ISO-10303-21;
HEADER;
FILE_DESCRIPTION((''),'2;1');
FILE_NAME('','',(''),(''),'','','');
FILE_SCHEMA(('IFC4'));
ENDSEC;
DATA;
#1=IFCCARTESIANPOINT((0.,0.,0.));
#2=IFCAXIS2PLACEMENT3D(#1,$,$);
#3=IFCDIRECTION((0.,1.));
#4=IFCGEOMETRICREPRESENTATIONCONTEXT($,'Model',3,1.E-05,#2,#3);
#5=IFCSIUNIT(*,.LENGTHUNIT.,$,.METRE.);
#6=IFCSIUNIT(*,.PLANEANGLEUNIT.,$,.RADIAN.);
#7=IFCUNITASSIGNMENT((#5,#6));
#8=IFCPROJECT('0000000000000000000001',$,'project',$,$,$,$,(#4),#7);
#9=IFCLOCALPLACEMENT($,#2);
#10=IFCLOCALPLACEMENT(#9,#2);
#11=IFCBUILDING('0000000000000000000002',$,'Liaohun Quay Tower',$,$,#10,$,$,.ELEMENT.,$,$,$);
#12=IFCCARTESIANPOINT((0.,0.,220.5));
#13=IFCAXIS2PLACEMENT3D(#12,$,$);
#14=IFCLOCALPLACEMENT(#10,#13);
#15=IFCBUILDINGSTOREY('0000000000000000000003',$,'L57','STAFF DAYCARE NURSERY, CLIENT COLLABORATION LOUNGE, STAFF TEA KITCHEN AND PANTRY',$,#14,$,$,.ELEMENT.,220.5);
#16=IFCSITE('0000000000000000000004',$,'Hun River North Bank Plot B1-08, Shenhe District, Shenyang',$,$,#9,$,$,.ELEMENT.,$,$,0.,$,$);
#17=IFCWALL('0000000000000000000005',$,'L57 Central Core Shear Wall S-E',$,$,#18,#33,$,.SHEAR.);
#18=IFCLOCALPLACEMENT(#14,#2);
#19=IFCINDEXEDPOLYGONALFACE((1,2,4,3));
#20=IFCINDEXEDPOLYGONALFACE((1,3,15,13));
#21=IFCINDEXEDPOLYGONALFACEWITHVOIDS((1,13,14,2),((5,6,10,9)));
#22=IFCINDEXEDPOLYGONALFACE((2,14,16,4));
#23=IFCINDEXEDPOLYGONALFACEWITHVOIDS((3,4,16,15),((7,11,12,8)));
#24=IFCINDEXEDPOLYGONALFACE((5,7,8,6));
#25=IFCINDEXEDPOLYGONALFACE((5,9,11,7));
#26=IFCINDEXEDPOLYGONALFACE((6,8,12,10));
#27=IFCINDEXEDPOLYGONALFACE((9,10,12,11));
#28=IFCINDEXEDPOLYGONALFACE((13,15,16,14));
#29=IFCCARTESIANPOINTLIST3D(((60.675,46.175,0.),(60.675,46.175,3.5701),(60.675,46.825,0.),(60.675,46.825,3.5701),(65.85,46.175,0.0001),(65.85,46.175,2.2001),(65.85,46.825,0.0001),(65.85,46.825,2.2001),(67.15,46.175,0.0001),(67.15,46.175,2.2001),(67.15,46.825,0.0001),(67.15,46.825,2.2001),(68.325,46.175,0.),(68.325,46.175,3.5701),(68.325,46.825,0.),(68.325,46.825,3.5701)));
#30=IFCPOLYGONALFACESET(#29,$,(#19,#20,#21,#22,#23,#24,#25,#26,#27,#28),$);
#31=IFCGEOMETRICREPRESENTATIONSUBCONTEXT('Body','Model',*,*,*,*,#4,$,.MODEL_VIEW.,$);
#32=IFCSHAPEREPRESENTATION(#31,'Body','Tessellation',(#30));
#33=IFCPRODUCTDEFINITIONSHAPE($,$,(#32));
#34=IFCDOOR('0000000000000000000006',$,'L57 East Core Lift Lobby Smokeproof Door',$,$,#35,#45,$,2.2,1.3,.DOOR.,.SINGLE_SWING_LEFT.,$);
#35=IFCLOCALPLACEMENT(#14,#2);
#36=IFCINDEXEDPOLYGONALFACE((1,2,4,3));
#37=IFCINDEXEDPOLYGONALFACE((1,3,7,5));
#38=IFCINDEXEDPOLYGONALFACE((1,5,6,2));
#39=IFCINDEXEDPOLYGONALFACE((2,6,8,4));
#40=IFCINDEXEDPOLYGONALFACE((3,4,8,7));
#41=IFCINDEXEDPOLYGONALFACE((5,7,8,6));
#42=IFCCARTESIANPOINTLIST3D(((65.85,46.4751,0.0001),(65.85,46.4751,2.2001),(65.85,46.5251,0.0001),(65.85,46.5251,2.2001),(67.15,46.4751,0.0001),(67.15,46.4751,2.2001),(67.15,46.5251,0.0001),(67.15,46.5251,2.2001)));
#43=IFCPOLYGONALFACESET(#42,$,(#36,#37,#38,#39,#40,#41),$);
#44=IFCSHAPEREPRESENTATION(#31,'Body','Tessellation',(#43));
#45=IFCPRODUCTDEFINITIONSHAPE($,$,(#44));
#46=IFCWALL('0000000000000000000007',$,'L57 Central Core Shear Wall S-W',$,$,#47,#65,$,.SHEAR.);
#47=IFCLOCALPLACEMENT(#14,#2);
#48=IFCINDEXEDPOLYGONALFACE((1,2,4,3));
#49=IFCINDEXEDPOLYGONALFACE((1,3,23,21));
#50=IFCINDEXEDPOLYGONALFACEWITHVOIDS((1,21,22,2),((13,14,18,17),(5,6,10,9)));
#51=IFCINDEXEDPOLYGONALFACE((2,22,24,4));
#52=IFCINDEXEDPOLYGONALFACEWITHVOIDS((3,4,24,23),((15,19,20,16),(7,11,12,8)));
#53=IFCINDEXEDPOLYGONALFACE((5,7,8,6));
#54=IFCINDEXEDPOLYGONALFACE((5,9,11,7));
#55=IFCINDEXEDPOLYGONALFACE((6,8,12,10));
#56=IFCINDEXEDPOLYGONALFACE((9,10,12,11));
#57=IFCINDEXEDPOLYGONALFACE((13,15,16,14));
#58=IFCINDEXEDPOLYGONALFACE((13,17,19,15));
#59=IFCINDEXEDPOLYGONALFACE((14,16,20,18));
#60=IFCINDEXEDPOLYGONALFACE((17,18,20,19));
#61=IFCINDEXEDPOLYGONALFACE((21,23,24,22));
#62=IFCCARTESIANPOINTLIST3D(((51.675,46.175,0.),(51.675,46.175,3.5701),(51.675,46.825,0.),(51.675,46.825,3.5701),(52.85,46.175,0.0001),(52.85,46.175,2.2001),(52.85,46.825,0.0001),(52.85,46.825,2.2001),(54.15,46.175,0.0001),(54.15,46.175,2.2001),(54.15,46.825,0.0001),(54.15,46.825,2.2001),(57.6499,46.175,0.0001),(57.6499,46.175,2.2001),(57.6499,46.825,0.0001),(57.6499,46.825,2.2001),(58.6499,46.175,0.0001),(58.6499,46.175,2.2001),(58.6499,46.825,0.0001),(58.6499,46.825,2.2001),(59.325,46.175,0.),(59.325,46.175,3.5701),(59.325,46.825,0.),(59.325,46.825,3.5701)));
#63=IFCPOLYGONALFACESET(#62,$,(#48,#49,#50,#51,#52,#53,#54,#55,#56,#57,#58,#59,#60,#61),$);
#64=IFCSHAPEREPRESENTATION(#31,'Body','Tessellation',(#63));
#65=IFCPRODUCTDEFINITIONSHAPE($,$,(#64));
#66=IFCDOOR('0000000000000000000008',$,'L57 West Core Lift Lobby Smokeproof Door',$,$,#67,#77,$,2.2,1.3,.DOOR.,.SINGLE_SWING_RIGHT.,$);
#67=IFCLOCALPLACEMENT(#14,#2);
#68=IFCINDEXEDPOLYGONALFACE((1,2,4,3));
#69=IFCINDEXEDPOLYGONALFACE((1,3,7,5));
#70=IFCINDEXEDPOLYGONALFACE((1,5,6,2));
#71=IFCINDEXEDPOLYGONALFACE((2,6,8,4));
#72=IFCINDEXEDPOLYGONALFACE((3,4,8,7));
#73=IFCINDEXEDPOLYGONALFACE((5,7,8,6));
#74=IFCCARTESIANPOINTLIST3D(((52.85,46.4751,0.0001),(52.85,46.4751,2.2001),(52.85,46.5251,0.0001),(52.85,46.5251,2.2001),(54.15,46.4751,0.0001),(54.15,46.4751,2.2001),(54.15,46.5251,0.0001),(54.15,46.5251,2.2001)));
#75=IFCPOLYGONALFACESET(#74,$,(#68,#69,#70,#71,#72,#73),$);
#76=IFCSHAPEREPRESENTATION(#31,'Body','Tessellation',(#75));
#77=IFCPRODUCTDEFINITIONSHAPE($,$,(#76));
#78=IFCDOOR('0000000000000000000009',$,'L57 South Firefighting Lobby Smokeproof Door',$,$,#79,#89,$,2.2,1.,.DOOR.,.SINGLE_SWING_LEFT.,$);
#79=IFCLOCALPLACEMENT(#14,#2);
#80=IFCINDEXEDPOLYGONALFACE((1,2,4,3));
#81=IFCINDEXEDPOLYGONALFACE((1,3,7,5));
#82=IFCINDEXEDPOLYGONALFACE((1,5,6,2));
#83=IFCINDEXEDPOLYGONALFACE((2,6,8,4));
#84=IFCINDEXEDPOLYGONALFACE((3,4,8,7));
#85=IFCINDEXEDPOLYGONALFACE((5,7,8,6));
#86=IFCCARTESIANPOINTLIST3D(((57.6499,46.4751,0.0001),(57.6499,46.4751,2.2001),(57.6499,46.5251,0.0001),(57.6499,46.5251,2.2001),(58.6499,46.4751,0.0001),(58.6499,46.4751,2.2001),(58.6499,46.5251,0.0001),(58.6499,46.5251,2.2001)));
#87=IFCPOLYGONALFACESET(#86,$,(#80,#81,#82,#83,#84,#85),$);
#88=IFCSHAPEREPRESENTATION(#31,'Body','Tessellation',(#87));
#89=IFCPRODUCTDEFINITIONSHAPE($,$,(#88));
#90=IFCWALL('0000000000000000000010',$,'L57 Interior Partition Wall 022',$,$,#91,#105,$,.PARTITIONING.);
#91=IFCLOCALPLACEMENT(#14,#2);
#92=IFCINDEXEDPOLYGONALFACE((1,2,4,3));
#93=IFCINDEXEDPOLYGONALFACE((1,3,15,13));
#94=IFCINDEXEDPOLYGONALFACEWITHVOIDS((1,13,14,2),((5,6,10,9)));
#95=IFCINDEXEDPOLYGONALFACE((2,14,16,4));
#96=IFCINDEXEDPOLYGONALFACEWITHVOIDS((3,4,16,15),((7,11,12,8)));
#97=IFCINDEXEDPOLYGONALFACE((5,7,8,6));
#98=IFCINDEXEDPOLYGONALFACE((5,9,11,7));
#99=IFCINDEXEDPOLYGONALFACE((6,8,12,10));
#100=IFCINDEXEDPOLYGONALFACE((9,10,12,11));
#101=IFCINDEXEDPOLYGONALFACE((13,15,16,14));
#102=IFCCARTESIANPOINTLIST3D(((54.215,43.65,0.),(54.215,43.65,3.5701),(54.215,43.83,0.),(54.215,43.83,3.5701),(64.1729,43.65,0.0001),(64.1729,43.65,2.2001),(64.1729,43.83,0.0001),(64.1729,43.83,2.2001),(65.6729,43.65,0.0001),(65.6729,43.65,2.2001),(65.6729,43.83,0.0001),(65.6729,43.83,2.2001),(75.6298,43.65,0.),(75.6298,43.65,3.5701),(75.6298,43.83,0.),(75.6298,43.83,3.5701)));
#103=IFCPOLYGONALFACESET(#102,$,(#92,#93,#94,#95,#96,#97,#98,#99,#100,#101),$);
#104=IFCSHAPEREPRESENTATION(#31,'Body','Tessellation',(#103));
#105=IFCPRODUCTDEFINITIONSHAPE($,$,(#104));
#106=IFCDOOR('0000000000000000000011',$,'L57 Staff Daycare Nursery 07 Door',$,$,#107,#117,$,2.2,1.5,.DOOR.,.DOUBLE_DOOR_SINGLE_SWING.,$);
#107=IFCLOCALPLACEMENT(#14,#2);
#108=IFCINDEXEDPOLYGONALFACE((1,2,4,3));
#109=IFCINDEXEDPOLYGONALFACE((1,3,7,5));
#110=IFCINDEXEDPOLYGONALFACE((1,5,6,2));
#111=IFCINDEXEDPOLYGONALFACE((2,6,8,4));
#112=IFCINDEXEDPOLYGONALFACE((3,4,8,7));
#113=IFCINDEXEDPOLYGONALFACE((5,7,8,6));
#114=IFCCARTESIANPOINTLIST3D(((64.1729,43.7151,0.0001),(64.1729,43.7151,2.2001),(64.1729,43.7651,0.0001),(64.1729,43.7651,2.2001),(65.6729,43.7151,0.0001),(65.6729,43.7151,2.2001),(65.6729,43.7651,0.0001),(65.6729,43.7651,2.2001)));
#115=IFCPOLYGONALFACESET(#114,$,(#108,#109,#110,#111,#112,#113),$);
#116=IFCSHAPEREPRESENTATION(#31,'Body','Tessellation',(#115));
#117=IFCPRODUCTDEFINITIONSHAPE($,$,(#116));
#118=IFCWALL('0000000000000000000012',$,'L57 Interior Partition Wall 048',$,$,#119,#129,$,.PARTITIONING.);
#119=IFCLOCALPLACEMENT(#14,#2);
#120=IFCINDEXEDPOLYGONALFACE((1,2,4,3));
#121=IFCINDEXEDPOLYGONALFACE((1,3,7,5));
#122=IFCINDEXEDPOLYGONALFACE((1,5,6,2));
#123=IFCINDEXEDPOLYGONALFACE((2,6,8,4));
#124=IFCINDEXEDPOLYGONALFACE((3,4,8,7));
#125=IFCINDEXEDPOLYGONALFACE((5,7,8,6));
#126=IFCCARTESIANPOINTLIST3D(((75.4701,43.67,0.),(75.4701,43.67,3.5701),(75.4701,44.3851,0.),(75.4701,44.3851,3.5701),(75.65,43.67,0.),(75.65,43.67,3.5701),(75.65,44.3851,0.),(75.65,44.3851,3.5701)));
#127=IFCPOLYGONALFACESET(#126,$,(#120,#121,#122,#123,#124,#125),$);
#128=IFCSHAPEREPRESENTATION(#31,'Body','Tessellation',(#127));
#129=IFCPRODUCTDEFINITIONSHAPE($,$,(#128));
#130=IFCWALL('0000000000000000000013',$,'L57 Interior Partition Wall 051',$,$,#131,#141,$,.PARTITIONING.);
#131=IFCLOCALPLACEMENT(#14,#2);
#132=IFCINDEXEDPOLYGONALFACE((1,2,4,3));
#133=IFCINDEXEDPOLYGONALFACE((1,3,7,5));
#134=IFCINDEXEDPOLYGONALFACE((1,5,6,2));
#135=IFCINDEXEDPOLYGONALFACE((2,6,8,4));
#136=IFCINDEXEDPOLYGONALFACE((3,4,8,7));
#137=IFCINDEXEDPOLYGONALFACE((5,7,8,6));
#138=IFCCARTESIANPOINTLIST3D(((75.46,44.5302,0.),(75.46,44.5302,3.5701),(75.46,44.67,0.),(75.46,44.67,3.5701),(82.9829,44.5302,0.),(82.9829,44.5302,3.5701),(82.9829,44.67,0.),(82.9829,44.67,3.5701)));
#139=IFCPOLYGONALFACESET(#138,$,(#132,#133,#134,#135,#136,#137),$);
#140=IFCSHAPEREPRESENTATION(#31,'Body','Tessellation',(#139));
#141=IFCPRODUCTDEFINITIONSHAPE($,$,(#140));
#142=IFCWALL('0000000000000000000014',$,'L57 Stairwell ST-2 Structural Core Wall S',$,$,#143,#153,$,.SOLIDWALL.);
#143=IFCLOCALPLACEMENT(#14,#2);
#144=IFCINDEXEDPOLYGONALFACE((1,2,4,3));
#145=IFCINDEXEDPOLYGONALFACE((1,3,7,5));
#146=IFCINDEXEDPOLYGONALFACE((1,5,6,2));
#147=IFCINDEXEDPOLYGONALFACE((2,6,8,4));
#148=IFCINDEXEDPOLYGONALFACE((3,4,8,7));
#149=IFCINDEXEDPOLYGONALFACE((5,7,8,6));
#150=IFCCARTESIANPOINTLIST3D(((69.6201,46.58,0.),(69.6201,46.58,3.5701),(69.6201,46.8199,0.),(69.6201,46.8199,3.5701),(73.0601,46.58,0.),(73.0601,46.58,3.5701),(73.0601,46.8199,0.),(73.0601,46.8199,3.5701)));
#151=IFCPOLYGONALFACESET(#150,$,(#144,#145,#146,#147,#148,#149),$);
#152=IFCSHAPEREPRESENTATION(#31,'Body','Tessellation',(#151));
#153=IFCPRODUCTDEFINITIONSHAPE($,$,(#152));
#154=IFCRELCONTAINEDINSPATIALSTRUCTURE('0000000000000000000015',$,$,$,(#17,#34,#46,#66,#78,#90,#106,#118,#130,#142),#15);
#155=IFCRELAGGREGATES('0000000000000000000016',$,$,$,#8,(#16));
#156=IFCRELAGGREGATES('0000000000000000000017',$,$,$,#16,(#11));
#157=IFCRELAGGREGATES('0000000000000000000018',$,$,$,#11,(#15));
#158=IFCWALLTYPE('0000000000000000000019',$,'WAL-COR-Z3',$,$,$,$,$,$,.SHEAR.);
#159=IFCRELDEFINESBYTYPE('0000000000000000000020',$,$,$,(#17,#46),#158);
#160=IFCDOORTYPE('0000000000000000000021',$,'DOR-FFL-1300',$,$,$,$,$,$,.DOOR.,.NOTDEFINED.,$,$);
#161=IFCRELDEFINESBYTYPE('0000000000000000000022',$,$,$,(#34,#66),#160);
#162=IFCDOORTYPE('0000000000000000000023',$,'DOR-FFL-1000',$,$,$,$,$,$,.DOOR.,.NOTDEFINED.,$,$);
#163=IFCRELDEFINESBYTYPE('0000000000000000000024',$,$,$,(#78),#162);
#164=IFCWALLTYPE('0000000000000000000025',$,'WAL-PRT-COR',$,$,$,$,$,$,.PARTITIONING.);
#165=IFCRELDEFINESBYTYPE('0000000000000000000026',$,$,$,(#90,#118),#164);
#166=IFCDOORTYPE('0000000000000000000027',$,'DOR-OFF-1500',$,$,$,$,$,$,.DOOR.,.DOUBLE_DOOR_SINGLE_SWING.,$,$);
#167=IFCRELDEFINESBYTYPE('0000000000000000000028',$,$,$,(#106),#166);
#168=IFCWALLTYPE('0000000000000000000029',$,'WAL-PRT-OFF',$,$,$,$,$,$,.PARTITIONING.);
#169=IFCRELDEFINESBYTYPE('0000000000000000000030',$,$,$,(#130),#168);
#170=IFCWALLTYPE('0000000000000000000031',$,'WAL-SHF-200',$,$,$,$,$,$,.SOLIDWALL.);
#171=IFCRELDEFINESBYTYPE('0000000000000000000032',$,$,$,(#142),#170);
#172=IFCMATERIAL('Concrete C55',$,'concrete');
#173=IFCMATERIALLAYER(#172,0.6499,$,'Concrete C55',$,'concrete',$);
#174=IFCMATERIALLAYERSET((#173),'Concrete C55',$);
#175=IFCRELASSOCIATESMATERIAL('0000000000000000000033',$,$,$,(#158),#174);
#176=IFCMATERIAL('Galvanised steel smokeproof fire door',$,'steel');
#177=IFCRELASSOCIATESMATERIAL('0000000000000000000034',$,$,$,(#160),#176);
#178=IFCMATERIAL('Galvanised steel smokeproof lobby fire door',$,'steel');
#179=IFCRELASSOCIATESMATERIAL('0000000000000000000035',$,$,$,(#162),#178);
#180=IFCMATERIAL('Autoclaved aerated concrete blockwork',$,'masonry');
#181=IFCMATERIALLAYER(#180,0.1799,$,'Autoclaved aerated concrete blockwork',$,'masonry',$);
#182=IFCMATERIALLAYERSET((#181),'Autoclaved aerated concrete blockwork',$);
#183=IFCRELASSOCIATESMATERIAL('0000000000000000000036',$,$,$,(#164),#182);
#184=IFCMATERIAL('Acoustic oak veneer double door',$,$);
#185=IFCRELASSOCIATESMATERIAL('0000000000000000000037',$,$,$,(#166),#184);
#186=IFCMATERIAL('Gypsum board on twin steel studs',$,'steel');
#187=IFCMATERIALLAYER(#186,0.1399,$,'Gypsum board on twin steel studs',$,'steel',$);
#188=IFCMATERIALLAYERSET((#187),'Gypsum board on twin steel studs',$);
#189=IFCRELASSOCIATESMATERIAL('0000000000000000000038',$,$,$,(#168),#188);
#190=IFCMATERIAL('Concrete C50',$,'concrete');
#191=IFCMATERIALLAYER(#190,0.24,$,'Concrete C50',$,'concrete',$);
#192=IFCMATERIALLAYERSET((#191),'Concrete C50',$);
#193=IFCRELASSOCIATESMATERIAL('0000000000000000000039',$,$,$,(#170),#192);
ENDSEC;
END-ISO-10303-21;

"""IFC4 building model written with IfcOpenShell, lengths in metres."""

from ifc_helpers import new_model, si_unit, direction, frame, frame_2d, origin, place, context, subcontext, project, spatial, rectangle, extrude, source, transform, mapped, material, layer, layer_set, type_object, element, fill, save


model = new_model("IFC4")

# Units and contexts
model_context = context("Model", 3, precision=1e-05, world=origin(), true_north=direction((0.0, 1.0)))
body_context = subcontext(model_context, "Body", "Model", "MODEL_VIEW")
ifc_project = project(units=[si_unit("LENGTHUNIT", "METRE"), si_unit("PLANEANGLEUNIT", "RADIAN")], contexts=[model_context])

# Site, building, storey
site_placement = place(None, origin())
site = spatial("IfcSite", under=ifc_project, at=site_placement, Name="Hun River North Bank Plot B1-08, Shenhe District, Shenyang", CompositionType="ELEMENT", RefElevation=0.0)
building_placement = place(site_placement, origin())
building = spatial("IfcBuilding", under=site, at=building_placement, Name="Liaohun Quay Tower", CompositionType="ELEMENT")
storey_placement = place(building_placement, frame((0.0, 0.0, 220.5)))
storey = spatial("IfcBuildingStorey", under=building, at=storey_placement, Name="L57", Description="STAFF DAYCARE NURSERY, CLIENT COLLABORATION LOUNGE, STAFF TEA KITCHEN AND PANTRY", CompositionType="ELEMENT", Elevation=220.5)

# Shared definitions
ifc_material_1 = material(Name="Concrete C55", Category="concrete")

# Wall, opening, door
ifc_layer_1 = layer(ifc_material_1, 0.6499, Name="Concrete C55", Category="concrete")
ifc_layer_set_1 = layer_set([ifc_layer_1], Name="Concrete C55")
wall_type_1 = type_object("IfcWallType", Name="WAL-COR-Z3", PredefinedType="SHEAR", material=ifc_layer_set_1)
wall_1_placement = place(storey_placement, frame((68.325, 46.5, 0.0), z_axis=(0.0, 0.0, 1.0), x_axis=(-1.0, 0.0, 0.0)))
wall_1 = element("IfcWall", 1, at=wall_1_placement, inside=storey, type_object=wall_type_1, Name="L57 Central Core Shear Wall S-E", PredefinedType="SHEAR", context=body_context, shape_type="SweptSolid", body=[
    extrude(rectangle(XDim=7.6499, YDim=0.6499, at=frame_2d((3.825, 0.0))), origin(), (0.0, 0.0, 1.0), 3.5701),
])
shared_shape_1 = source(origin(), body_context, "Body", "SweptSolid", [
    extrude(rectangle(XDim=1.3, YDim=2.2, at=frame_2d((0.6499, 1.1001))), frame((0.0, 0.335, 0.0), z_axis=(0.0, -1.0, 0.0), x_axis=(1.0, 0.0, 0.0)), (0.0, 0.0, 1.0), 0.6699),
])
opening_1_placement = place(wall_1_placement, frame((1.175, 0.0, 0.0)))
opening_1 = element("IfcOpeningElement", 2, at=opening_1_placement, cuts=wall_1, PredefinedType="OPENING", context=body_context, shape_type="MappedRepresentation", body=[
    mapped(shared_shape_1, transform((0.0, 0.0, 0.0), x_axis=(1.0, 0.0, 0.0), y_axis=(0.0, 1.0, 0.0), z_axis=(0.0, 0.0, 1.0), scale=1.0)),
])
ifc_material_2 = material(Name="Galvanised steel smokeproof fire door", Category="steel")
door_type_1 = type_object("IfcDoorType", Name="DOR-FFL-1300", OperationType="NOTDEFINED", PredefinedType="DOOR", material=ifc_material_2)
shared_shape_2 = source(origin(), body_context, "Body", "SweptSolid", [
    extrude(rectangle(XDim=1.3, YDim=2.2, at=frame_2d((0.6499, 1.1001))), frame((0.0, 0.0249, 0.0), z_axis=(0.0, -1.0, 0.0), x_axis=(1.0, 0.0, 0.0)), (0.0, 0.0, 1.0), 0.05),
])
door_1_placement = place(opening_1_placement, origin())
door_1 = element("IfcDoor", 3, at=door_1_placement, inside=storey, type_object=door_type_1, Name="L57 East Core Lift Lobby Smokeproof Door", OperationType="SINGLE_SWING_LEFT", OverallHeight=2.2, OverallWidth=1.3, PredefinedType="DOOR", context=body_context, shape_type="MappedRepresentation", body=[
    mapped(shared_shape_2, transform((0.0, 0.0, 0.0), x_axis=(1.0, 0.0, 0.0), y_axis=(0.0, 1.0, 0.0), z_axis=(0.0, 0.0, 1.0), scale=1.0)),
])
fill(opening_1, door_1)

# Wall, openings, doors
wall_2_placement = place(storey_placement, frame((59.325, 46.5, 0.0), z_axis=(0.0, 0.0, 1.0), x_axis=(-1.0, 0.0, 0.0)))
wall_2 = element("IfcWall", 4, at=wall_2_placement, inside=storey, type_object=wall_type_1, Name="L57 Central Core Shear Wall S-W", PredefinedType="SHEAR", context=body_context, shape_type="SweptSolid", body=[
    extrude(rectangle(XDim=7.6499, YDim=0.6499, at=frame_2d((3.825, 0.0))), origin(), (0.0, 0.0, 1.0), 3.5701),
])
opening_2_placement = place(wall_2_placement, frame((5.175, 0.0, 0.0)))
opening_2 = element("IfcOpeningElement", 5, at=opening_2_placement, cuts=wall_2, PredefinedType="OPENING", context=body_context, shape_type="MappedRepresentation", body=[
    mapped(shared_shape_1, transform((0.0, 0.0, 0.0), x_axis=(1.0, 0.0, 0.0), y_axis=(0.0, 1.0, 0.0), z_axis=(0.0, 0.0, 1.0), scale=1.0)),
])
shared_shape_3 = source(origin(), body_context, "Body", "SweptSolid", [
    extrude(rectangle(XDim=1.0, YDim=2.2, at=frame_2d((0.5, 1.1001))), frame((0.0, 0.335, 0.0), z_axis=(0.0, -1.0, 0.0), x_axis=(1.0, 0.0, 0.0)), (0.0, 0.0, 1.0), 0.6699),
])
opening_3_placement = place(wall_2_placement, frame((0.675, 0.0, 0.0)))
opening_3 = element("IfcOpeningElement", 6, at=opening_3_placement, cuts=wall_2, PredefinedType="OPENING", context=body_context, shape_type="MappedRepresentation", body=[
    mapped(shared_shape_3, transform((0.0, 0.0, 0.0), x_axis=(1.0, 0.0, 0.0), y_axis=(0.0, 1.0, 0.0), z_axis=(0.0, 0.0, 1.0), scale=1.0)),
])
door_2_placement = place(opening_2_placement, origin())
door_2 = element("IfcDoor", 7, at=door_2_placement, inside=storey, type_object=door_type_1, Name="L57 West Core Lift Lobby Smokeproof Door", OperationType="SINGLE_SWING_RIGHT", OverallHeight=2.2, OverallWidth=1.3, PredefinedType="DOOR", context=body_context, shape_type="MappedRepresentation", body=[
    mapped(shared_shape_2, transform((0.0, 0.0, 0.0), x_axis=(1.0, 0.0, 0.0), y_axis=(0.0, 1.0, 0.0), z_axis=(0.0, 0.0, 1.0), scale=1.0)),
])
fill(opening_2, door_2)
ifc_material_3 = material(Name="Galvanised steel smokeproof lobby fire door", Category="steel")
door_type_2 = type_object("IfcDoorType", Name="DOR-FFL-1000", OperationType="NOTDEFINED", PredefinedType="DOOR", material=ifc_material_3)
shared_shape_4 = source(origin(), body_context, "Body", "SweptSolid", [
    extrude(rectangle(XDim=1.0, YDim=2.2, at=frame_2d((0.5, 1.1001))), frame((0.0, 0.0249, 0.0), z_axis=(0.0, -1.0, 0.0), x_axis=(1.0, 0.0, 0.0)), (0.0, 0.0, 1.0), 0.05),
])
door_3_placement = place(opening_3_placement, origin())
door_3 = element("IfcDoor", 8, at=door_3_placement, inside=storey, type_object=door_type_2, Name="L57 South Firefighting Lobby Smokeproof Door", OperationType="SINGLE_SWING_LEFT", OverallHeight=2.2, OverallWidth=1.0, PredefinedType="DOOR", context=body_context, shape_type="MappedRepresentation", body=[
    mapped(shared_shape_4, transform((0.0, 0.0, 0.0), x_axis=(1.0, 0.0, 0.0), y_axis=(0.0, 1.0, 0.0), z_axis=(0.0, 0.0, 1.0), scale=1.0)),
])
fill(opening_3, door_3)

# Wall, opening, door
ifc_material_4 = material(Name="Autoclaved aerated concrete blockwork", Category="masonry")
ifc_layer_2 = layer(ifc_material_4, 0.1799, Name="Autoclaved aerated concrete blockwork", Category="masonry")
ifc_layer_set_2 = layer_set([ifc_layer_2], Name="Autoclaved aerated concrete blockwork")
wall_type_2 = type_object("IfcWallType", Name="WAL-PRT-COR", PredefinedType="PARTITIONING", material=ifc_layer_set_2)
wall_3_placement = place(storey_placement, frame((75.6299, 43.74, 0.0), z_axis=(0.0, 0.0, 1.0), x_axis=(-1.0, 0.0, 0.0)))
wall_3 = element("IfcWall", 9, at=wall_3_placement, inside=storey, type_object=wall_type_2, Name="L57 Interior Partition Wall 022", PredefinedType="PARTITIONING", context=body_context, shape_type="SweptSolid", body=[
    extrude(rectangle(XDim=21.4148, YDim=0.1799, at=frame_2d((10.7075, 0.0))), origin(), (0.0, 0.0, 1.0), 3.5701),
])
shared_shape_5 = source(origin(), body_context, "Body", "SweptSolid", [
    extrude(rectangle(XDim=1.5, YDim=2.2, at=frame_2d((0.75, 1.1001))), frame((0.0, 0.0999, 0.0), z_axis=(0.0, -1.0, 0.0), x_axis=(1.0, 0.0, 0.0)), (0.0, 0.0, 1.0), 0.2),
])
opening_4_placement = place(wall_3_placement, frame((9.957, 0.0, 0.0)))
opening_4 = element("IfcOpeningElement", 10, at=opening_4_placement, cuts=wall_3, PredefinedType="OPENING", context=body_context, shape_type="MappedRepresentation", body=[
    mapped(shared_shape_5, transform((0.0, 0.0, 0.0), x_axis=(1.0, 0.0, 0.0), y_axis=(0.0, 1.0, 0.0), z_axis=(0.0, 0.0, 1.0), scale=1.0)),
])
ifc_material_5 = material(Name="Acoustic oak veneer double door")
door_type_3 = type_object("IfcDoorType", Name="DOR-OFF-1500", OperationType="DOUBLE_DOOR_SINGLE_SWING", PredefinedType="DOOR", material=ifc_material_5)
shared_shape_6 = source(origin(), body_context, "Body", "SweptSolid", [
    extrude(rectangle(XDim=1.5, YDim=2.2, at=frame_2d((0.75, 1.1001))), frame((0.0, 0.0249, 0.0), z_axis=(0.0, -1.0, 0.0), x_axis=(1.0, 0.0, 0.0)), (0.0, 0.0, 1.0), 0.05),
])
door_4_placement = place(opening_4_placement, origin())
door_4 = element("IfcDoor", 11, at=door_4_placement, inside=storey, type_object=door_type_3, Name="L57 Staff Daycare Nursery 07 Door", OperationType="DOUBLE_DOOR_SINGLE_SWING", OverallHeight=2.2, OverallWidth=1.5, PredefinedType="DOOR", context=body_context, shape_type="MappedRepresentation", body=[
    mapped(shared_shape_6, transform((0.0, 0.0, 0.0), x_axis=(1.0, 0.0, 0.0), y_axis=(0.0, 1.0, 0.0), z_axis=(0.0, 0.0, 1.0), scale=1.0)),
])
fill(opening_4, door_4)

# Walls
wall_4_placement = place(storey_placement, frame((75.5601, 44.385, 0.0), z_axis=(0.0, 0.0, 1.0), x_axis=(0.0, -1.0, 0.0)))
element("IfcWall", 12, at=wall_4_placement, inside=storey, type_object=wall_type_2, Name="L57 Interior Partition Wall 048", PredefinedType="PARTITIONING", context=body_context, shape_type="SweptSolid", body=[
    extrude(rectangle(XDim=0.7151, YDim=0.1799, at=frame_2d((0.3574, 0.0))), origin(), (0.0, 0.0, 1.0), 3.5701),
])
ifc_material_6 = material(Name="Gypsum board on twin steel studs", Category="steel")
ifc_layer_3 = layer(ifc_material_6, 0.1399, Name="Gypsum board on twin steel studs", Category="steel")
ifc_layer_set_3 = layer_set([ifc_layer_3], Name="Gypsum board on twin steel studs")
wall_type_3 = type_object("IfcWallType", Name="WAL-PRT-OFF", PredefinedType="PARTITIONING", material=ifc_layer_set_3)
wall_5_placement = place(storey_placement, frame((75.46, 44.6001, 0.0), z_axis=(0.0, 0.0, 1.0), x_axis=(1.0, 0.0, 0.0)))
element("IfcWall", 13, at=wall_5_placement, inside=storey, type_object=wall_type_3, Name="L57 Interior Partition Wall 051", PredefinedType="PARTITIONING", context=body_context, shape_type="SweptSolid", body=[
    extrude(rectangle(XDim=7.5229, YDim=0.1399, at=frame_2d((3.7615, 0.0))), origin(), (0.0, 0.0, 1.0), 3.5701),
])
ifc_material_7 = material(Name="Concrete C50", Category="concrete")
ifc_layer_4 = layer(ifc_material_7, 0.24, Name="Concrete C50", Category="concrete")
ifc_layer_set_4 = layer_set([ifc_layer_4], Name="Concrete C50")
wall_type_4 = type_object("IfcWallType", Name="WAL-SHF-200", PredefinedType="SOLIDWALL", material=ifc_layer_set_4)
wall_6_placement = place(storey_placement, frame((69.6201, 46.7, 0.0), z_axis=(0.0, 0.0, 1.0), x_axis=(1.0, 0.0, 0.0)))
element("IfcWall", 14, at=wall_6_placement, inside=storey, type_object=wall_type_4, Name="L57 Stairwell ST-2 Structural Core Wall S", PredefinedType="SOLIDWALL", context=body_context, shape_type="SweptSolid", body=[
    extrude(rectangle(XDim=3.4399, YDim=0.24, at=frame_2d((1.72, 0.0))), origin(), (0.0, 0.0, 1.0), 3.5701),
])

save(model, "model.ifc")
